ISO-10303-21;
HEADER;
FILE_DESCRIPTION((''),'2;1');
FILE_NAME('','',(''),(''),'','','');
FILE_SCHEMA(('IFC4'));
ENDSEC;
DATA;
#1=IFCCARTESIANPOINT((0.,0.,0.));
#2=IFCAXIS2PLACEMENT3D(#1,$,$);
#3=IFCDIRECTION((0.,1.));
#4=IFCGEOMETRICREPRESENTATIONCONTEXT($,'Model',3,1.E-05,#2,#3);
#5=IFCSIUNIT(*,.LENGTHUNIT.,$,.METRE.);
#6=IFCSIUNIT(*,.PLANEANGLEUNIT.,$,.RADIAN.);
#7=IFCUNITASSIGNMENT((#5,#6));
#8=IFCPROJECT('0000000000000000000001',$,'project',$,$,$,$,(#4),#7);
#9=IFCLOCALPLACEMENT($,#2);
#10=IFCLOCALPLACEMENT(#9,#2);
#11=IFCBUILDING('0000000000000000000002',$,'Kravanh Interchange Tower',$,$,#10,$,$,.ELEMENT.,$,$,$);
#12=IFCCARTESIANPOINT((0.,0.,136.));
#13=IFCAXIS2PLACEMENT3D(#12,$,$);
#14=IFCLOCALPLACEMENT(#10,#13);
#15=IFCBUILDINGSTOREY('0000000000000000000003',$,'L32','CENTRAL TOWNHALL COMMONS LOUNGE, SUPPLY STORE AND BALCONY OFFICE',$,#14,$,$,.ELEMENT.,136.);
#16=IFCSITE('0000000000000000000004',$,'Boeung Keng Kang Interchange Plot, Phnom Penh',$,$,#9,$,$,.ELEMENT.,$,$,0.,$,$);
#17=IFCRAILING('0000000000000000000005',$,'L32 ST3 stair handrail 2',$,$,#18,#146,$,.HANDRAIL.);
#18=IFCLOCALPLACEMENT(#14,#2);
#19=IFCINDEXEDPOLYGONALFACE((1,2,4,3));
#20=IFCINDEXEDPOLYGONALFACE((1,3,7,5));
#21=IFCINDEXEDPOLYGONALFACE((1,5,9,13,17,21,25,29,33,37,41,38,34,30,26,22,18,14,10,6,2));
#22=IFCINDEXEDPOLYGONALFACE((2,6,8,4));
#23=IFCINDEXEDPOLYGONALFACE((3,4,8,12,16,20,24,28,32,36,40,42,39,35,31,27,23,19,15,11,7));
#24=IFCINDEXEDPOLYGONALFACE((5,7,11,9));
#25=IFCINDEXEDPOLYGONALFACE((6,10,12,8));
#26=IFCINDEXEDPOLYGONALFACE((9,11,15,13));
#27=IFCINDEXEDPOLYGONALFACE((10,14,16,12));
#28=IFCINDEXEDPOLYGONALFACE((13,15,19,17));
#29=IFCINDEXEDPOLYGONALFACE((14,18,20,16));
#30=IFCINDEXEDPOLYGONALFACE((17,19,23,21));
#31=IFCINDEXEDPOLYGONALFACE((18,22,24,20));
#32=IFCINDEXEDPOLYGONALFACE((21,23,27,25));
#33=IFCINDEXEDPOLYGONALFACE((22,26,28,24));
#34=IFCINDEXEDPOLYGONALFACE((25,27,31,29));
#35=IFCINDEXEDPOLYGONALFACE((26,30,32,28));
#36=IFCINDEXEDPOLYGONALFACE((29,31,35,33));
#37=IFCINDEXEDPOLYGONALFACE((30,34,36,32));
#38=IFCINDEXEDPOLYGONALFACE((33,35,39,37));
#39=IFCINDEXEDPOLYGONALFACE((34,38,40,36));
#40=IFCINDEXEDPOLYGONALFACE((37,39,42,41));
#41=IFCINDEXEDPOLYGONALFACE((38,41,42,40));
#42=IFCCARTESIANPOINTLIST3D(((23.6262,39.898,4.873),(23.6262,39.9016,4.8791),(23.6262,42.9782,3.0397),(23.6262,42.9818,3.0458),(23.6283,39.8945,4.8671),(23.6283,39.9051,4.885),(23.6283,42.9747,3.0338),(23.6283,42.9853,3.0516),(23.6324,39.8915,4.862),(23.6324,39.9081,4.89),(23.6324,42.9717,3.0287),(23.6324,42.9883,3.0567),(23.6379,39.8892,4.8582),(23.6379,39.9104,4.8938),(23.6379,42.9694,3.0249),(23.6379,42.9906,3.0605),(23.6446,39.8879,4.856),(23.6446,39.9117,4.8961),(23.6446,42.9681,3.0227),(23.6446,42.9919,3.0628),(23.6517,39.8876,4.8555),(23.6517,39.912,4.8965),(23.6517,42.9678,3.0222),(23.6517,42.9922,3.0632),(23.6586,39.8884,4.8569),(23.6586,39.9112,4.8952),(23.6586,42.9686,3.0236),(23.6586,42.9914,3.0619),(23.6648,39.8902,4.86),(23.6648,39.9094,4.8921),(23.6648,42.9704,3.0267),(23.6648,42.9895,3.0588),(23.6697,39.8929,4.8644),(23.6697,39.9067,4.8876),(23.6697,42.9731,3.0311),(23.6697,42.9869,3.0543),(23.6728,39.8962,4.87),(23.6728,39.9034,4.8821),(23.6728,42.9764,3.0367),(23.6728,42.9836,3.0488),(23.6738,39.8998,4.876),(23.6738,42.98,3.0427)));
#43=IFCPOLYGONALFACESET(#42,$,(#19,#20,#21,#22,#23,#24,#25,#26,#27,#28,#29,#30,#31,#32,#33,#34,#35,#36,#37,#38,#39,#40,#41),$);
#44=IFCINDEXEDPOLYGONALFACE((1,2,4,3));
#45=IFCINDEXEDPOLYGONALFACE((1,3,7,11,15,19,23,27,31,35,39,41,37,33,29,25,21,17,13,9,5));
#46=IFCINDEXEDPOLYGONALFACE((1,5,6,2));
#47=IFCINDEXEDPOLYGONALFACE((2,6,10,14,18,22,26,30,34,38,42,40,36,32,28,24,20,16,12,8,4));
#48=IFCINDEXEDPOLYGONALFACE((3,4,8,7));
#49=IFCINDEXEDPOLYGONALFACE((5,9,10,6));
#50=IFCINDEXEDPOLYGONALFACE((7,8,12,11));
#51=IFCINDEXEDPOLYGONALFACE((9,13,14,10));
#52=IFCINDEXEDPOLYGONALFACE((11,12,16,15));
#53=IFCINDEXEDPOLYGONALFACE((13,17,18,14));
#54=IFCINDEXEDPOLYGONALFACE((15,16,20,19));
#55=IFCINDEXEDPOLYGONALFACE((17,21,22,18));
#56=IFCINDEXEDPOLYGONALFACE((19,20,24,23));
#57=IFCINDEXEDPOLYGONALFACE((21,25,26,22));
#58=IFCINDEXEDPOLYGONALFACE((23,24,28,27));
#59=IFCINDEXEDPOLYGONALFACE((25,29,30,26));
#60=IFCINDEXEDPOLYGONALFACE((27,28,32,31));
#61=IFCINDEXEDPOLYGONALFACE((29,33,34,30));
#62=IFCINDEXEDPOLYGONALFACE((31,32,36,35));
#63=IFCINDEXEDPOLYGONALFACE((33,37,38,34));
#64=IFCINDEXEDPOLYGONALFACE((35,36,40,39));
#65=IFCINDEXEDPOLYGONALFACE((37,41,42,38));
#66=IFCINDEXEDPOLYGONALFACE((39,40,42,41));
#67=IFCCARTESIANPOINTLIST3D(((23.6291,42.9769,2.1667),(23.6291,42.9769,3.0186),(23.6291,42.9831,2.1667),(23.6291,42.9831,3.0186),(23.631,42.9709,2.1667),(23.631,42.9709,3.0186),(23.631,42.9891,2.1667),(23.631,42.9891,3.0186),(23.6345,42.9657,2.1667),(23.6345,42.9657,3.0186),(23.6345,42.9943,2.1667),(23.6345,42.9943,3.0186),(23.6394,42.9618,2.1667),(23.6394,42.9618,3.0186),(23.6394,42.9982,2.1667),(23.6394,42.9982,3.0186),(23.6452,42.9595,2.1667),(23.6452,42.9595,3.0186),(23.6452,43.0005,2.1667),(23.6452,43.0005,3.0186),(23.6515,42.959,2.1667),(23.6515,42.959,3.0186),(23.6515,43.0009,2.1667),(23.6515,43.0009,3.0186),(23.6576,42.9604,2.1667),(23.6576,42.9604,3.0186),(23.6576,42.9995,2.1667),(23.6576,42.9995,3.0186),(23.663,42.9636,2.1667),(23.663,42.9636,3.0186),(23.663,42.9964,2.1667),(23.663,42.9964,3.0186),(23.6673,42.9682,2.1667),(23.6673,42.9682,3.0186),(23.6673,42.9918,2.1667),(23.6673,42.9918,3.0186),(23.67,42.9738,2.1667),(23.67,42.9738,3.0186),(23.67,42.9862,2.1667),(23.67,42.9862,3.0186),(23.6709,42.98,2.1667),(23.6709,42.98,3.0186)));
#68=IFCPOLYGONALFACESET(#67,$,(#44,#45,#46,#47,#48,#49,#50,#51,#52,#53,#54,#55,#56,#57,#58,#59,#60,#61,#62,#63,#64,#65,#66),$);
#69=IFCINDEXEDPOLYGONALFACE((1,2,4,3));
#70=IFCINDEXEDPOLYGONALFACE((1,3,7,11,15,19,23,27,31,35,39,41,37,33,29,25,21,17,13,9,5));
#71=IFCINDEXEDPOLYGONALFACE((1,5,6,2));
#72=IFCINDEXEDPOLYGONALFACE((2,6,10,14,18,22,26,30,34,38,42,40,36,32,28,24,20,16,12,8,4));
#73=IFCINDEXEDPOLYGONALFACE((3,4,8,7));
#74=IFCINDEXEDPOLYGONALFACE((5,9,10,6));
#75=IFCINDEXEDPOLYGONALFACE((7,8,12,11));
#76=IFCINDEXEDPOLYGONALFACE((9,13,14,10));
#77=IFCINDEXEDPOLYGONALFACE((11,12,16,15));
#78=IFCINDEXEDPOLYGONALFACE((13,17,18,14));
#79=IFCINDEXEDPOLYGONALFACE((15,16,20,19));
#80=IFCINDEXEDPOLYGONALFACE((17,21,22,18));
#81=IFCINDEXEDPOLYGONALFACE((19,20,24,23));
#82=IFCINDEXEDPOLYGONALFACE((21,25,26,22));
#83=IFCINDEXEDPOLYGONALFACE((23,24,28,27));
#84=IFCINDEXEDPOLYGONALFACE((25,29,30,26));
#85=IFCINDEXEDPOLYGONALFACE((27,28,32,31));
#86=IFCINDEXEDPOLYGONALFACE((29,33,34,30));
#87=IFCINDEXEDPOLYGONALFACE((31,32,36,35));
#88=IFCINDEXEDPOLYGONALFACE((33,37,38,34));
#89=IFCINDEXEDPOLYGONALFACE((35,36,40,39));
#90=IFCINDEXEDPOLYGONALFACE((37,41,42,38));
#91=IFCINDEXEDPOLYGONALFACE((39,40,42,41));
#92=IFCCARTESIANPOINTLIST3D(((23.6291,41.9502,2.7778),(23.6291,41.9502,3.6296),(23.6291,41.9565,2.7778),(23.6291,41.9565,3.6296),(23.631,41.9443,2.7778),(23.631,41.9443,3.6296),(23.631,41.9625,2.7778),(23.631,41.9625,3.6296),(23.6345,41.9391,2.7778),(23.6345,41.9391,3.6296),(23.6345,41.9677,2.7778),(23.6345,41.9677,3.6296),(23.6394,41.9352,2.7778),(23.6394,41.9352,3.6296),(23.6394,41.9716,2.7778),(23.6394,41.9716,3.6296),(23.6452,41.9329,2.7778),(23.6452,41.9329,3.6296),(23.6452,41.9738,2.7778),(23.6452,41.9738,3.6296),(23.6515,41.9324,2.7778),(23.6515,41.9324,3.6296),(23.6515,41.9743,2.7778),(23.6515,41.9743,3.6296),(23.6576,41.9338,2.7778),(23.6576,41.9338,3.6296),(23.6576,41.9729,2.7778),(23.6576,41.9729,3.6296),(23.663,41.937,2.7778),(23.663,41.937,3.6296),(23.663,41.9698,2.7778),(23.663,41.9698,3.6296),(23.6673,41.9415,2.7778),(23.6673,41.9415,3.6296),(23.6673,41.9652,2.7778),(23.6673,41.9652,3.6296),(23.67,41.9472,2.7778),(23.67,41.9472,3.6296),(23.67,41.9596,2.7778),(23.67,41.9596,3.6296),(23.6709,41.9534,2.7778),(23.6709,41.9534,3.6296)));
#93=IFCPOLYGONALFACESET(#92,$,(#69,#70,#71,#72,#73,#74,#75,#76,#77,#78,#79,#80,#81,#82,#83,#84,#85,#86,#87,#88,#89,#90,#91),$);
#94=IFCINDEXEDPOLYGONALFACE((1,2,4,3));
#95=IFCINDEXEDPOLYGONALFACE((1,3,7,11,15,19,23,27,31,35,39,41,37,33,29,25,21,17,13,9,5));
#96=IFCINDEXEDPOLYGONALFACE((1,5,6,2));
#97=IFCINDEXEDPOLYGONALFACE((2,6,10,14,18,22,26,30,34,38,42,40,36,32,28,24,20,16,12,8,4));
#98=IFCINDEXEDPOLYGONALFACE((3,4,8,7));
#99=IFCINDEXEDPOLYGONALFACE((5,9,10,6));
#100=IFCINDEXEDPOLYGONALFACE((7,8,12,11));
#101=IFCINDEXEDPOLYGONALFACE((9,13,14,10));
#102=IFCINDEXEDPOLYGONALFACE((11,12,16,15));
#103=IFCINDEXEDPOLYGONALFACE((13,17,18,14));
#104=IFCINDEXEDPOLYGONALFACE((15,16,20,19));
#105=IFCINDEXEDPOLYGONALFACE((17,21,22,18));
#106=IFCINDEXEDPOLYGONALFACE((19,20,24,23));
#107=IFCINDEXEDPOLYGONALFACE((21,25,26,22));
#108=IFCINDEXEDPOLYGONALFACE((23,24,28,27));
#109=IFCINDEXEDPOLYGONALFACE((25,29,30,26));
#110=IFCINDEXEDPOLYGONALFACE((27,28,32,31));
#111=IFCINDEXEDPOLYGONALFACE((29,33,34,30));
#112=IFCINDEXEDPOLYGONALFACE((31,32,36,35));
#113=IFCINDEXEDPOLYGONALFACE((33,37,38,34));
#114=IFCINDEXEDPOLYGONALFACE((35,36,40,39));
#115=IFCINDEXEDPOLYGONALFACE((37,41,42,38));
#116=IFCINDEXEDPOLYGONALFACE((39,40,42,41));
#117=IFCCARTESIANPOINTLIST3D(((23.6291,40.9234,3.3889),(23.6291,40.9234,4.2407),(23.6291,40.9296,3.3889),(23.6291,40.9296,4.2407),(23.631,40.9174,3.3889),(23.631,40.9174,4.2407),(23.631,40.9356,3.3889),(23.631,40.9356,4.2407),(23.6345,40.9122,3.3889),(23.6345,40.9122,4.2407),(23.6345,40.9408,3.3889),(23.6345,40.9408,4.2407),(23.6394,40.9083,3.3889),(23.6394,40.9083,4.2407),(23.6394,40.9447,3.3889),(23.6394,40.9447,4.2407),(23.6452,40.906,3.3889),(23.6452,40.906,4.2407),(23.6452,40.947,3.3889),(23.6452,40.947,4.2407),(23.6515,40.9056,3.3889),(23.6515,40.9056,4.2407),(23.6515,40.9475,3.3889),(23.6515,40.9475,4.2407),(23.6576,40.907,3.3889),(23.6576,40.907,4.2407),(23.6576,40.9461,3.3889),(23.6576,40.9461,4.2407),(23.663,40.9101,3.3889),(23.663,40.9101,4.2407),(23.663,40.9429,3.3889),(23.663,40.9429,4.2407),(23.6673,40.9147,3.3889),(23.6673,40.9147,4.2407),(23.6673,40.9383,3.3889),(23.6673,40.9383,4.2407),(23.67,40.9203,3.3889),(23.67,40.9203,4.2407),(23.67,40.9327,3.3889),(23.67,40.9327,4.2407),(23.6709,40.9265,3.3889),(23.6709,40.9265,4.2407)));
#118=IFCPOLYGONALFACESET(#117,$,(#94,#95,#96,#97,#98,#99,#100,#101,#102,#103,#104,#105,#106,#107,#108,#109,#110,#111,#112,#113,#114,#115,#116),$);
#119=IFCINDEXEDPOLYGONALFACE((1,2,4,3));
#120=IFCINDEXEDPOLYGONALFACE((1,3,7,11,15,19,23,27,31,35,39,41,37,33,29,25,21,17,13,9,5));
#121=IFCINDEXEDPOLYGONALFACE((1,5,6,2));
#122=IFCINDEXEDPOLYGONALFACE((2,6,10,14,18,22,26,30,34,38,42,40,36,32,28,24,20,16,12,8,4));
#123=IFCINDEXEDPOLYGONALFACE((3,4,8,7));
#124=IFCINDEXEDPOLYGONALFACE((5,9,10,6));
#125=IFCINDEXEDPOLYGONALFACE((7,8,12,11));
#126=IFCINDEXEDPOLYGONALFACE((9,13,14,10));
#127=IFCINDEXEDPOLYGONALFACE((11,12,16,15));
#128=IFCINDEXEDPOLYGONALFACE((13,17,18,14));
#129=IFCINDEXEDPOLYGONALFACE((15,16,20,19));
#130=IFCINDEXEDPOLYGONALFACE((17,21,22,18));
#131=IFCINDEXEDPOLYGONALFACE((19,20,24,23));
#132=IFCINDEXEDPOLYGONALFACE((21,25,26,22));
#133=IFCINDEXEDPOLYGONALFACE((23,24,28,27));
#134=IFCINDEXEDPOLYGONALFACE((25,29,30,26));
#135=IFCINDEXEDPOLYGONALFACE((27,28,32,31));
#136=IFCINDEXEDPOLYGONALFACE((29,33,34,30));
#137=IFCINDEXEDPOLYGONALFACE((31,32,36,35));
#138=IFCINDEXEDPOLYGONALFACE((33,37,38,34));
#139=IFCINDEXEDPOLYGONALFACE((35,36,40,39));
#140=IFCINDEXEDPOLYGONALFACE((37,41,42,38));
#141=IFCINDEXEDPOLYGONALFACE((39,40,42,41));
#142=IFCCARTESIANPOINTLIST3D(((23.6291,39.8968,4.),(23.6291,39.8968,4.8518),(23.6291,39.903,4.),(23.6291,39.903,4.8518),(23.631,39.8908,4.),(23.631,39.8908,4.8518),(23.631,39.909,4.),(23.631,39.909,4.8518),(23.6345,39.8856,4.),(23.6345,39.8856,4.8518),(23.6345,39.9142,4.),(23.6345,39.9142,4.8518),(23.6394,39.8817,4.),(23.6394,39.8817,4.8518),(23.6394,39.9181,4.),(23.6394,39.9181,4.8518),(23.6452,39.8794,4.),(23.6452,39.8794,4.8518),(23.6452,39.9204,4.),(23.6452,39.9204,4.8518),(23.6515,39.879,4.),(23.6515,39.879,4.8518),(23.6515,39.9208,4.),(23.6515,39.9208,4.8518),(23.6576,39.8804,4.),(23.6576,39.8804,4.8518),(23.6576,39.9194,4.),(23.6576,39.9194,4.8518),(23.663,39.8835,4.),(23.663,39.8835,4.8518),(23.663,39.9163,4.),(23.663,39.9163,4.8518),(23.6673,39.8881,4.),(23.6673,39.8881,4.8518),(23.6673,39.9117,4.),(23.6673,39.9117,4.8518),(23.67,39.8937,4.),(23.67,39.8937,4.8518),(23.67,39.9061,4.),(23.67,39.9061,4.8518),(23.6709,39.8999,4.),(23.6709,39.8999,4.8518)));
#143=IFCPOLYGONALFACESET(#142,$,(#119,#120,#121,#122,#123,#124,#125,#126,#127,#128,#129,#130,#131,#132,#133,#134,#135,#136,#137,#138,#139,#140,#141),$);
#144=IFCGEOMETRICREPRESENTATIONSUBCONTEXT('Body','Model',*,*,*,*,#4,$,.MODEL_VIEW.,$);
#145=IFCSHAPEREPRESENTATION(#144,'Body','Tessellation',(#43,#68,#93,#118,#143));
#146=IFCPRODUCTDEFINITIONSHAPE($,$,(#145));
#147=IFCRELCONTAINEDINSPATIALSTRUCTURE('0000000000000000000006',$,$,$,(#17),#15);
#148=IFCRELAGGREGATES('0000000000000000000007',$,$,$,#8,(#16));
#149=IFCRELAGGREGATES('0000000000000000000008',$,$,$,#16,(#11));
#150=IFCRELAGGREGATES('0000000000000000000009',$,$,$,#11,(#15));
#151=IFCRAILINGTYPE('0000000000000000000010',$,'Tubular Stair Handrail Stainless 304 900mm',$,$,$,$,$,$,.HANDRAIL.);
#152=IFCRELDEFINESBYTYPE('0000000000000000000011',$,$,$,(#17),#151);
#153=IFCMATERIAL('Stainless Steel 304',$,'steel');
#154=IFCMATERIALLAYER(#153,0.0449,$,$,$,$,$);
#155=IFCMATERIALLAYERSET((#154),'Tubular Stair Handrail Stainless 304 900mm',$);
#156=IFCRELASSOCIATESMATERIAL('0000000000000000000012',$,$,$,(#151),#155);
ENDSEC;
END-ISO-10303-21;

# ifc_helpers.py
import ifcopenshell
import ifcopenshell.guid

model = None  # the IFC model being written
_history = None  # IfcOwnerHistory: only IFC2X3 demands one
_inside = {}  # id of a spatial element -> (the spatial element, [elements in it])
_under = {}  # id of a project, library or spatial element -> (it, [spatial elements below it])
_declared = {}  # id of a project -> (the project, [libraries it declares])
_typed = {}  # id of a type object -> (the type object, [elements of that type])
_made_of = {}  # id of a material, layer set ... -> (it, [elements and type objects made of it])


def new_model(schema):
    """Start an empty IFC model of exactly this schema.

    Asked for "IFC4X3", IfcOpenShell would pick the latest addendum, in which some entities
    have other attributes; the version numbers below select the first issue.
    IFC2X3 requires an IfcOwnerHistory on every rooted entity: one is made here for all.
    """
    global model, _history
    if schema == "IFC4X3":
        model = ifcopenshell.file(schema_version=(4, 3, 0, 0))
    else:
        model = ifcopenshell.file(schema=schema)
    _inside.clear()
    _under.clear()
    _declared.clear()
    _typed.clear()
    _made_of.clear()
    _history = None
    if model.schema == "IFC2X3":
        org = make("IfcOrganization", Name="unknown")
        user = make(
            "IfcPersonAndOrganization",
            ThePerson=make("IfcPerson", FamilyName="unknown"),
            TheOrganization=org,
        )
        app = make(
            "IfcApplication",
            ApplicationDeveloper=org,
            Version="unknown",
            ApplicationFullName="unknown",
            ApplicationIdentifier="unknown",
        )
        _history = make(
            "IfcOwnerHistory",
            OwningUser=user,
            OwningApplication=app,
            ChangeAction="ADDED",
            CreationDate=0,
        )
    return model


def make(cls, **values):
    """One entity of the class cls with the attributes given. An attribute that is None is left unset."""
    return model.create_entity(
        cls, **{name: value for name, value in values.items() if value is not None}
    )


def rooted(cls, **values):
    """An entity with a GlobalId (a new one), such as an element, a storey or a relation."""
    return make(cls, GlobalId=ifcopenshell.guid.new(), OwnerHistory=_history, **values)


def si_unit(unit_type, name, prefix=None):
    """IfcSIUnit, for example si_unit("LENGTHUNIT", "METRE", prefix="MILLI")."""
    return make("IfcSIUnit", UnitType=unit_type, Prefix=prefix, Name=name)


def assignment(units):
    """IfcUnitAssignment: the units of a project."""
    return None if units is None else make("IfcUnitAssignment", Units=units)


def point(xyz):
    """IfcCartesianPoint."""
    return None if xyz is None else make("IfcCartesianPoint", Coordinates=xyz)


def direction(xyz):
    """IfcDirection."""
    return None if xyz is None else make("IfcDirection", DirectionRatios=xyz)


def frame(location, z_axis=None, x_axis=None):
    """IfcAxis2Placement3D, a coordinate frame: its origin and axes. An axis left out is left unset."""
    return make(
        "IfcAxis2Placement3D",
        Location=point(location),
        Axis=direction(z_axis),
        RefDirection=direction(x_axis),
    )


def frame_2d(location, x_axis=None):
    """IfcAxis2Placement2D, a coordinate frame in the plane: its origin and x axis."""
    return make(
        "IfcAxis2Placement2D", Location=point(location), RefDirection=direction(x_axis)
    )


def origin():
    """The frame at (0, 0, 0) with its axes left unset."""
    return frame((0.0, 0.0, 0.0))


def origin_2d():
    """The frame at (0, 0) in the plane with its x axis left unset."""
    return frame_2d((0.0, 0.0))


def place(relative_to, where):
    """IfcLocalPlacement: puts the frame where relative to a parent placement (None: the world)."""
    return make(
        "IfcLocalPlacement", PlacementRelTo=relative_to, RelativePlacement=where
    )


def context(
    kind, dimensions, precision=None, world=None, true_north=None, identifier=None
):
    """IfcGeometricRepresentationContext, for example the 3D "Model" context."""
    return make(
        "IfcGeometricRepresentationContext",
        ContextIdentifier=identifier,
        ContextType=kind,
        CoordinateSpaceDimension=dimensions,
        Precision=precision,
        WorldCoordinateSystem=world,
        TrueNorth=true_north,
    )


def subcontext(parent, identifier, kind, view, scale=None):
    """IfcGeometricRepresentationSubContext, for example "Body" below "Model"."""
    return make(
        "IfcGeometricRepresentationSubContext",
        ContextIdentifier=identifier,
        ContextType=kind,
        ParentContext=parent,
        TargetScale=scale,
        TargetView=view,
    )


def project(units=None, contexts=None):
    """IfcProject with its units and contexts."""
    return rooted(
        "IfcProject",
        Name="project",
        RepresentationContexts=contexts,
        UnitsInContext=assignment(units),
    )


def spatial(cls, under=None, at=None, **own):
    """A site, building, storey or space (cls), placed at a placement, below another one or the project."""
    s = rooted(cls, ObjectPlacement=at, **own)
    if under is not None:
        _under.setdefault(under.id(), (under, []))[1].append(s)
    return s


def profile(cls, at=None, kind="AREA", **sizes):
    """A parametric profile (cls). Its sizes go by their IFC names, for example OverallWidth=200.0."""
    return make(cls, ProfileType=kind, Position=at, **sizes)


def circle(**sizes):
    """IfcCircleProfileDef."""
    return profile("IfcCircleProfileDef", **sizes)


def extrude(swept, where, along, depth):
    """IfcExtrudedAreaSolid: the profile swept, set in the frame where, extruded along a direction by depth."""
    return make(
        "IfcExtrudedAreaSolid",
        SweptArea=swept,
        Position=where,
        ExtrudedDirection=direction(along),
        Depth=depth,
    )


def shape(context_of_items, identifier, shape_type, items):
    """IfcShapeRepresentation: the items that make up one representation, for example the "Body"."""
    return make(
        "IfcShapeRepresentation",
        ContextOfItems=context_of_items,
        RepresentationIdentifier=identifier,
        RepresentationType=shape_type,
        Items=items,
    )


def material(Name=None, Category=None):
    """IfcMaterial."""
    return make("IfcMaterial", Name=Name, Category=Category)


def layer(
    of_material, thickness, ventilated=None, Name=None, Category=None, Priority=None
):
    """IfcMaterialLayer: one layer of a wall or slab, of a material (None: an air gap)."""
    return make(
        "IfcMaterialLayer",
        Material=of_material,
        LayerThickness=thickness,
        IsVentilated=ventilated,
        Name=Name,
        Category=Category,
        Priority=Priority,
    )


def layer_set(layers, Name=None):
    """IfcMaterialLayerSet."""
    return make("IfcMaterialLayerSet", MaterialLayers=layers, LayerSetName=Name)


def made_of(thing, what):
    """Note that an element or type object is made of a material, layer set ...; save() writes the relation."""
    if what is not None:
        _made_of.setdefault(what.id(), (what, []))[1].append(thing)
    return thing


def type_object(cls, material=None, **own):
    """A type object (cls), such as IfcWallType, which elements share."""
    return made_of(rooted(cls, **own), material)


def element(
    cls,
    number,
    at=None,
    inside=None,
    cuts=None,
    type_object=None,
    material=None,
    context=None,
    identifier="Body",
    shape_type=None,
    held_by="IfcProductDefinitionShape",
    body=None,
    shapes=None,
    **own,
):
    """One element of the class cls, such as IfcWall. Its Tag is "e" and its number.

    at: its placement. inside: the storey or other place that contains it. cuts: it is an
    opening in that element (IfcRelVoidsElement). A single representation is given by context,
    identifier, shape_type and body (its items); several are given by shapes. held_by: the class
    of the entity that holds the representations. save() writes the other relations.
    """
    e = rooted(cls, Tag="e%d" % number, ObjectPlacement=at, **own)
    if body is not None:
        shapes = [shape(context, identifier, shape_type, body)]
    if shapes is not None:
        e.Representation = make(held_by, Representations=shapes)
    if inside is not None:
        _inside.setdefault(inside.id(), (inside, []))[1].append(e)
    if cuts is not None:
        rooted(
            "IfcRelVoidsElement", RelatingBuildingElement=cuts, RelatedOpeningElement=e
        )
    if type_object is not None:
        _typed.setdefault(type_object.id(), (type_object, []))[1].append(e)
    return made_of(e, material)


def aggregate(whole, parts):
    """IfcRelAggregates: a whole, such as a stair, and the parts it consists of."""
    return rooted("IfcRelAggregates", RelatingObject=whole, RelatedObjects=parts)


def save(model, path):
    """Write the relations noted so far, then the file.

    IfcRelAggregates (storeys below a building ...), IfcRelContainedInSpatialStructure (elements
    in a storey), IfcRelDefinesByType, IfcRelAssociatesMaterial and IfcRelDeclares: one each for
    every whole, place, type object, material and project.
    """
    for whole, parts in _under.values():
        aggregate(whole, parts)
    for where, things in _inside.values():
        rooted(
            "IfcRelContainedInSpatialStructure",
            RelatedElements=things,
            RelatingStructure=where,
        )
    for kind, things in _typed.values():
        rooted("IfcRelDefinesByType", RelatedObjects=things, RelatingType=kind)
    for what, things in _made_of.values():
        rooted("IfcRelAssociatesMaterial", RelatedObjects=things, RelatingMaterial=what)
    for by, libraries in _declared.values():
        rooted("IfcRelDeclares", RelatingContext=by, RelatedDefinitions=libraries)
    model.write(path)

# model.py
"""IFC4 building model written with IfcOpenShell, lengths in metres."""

from ifc_helpers import new_model, si_unit, direction, frame, origin, origin_2d, place, context, subcontext, project, spatial, circle, extrude, material, layer, layer_set, type_object, element, save


model = new_model("IFC4")

# Units and contexts
model_context = context("Model", 3, precision=1e-05, world=origin(), true_north=direction((0.0, 1.0)))
body_context = subcontext(model_context, "Body", "Model", "MODEL_VIEW")
ifc_project = project(units=[si_unit("LENGTHUNIT", "METRE"), si_unit("PLANEANGLEUNIT", "RADIAN")], contexts=[model_context])

# Site, building, storey
site_placement = place(None, origin())
site = spatial("IfcSite", under=ifc_project, at=site_placement, Name="Boeung Keng Kang Interchange Plot, Phnom Penh", CompositionType="ELEMENT", RefElevation=0.0)
building_placement = place(site_placement, origin())
building = spatial("IfcBuilding", under=site, at=building_placement, Name="Kravanh Interchange Tower", CompositionType="ELEMENT")
storey_placement = place(building_placement, frame((0.0, 0.0, 136.0)))
storey = spatial("IfcBuildingStorey", under=building, at=storey_placement, Name="L32", Description="CENTRAL TOWNHALL COMMONS LOUNGE, SUPPLY STORE AND BALCONY OFFICE", CompositionType="ELEMENT", Elevation=136.0)

# Railing
ifc_material_1 = material(Name="Stainless Steel 304", Category="steel")
ifc_layer_1 = layer(ifc_material_1, 0.0449)
ifc_layer_set_1 = layer_set([ifc_layer_1], Name="Tubular Stair Handrail Stainless 304 900mm")
railing_type_1 = type_object("IfcRailingType", Name="Tubular Stair Handrail Stainless 304 900mm", PredefinedType="HANDRAIL", material=ifc_layer_set_1)
railing_1_placement = place(storey_placement, frame((23.6499, 42.98, 2.1667)))
element("IfcRailing", 1, at=railing_1_placement, inside=storey, type_object=railing_type_1, Name="L32 ST3 stair handrail 2", PredefinedType="HANDRAIL", context=body_context, shape_type="SweptSolid", body=[
    extrude(circle(Radius=0.0239, at=origin_2d()), frame((0.0, 0.0, 0.876), z_axis=(0.0, -0.859309, 0.511458), x_axis=(1.0, 0.0, 0.0)), (0.0, 0.0, 1.0), 3.5845),
    extrude(circle(Radius=0.021, at=origin_2d()), origin(), (0.0, 0.0, 1.0), 0.8518),
    extrude(circle(Radius=0.021, at=origin_2d()), frame((0.0, -1.0266, 0.6111)), (0.0, 0.0, 1.0), 0.8518),
    extrude(circle(Radius=0.021, at=origin_2d()), frame((0.0, -2.0535, 1.2222)), (0.0, 0.0, 1.0), 0.8518),
    extrude(circle(Radius=0.021, at=origin_2d()), frame((0.0, -3.0801, 1.8333)), (0.0, 0.0, 1.0), 0.8518),
])

save(model, "model.ifc")
